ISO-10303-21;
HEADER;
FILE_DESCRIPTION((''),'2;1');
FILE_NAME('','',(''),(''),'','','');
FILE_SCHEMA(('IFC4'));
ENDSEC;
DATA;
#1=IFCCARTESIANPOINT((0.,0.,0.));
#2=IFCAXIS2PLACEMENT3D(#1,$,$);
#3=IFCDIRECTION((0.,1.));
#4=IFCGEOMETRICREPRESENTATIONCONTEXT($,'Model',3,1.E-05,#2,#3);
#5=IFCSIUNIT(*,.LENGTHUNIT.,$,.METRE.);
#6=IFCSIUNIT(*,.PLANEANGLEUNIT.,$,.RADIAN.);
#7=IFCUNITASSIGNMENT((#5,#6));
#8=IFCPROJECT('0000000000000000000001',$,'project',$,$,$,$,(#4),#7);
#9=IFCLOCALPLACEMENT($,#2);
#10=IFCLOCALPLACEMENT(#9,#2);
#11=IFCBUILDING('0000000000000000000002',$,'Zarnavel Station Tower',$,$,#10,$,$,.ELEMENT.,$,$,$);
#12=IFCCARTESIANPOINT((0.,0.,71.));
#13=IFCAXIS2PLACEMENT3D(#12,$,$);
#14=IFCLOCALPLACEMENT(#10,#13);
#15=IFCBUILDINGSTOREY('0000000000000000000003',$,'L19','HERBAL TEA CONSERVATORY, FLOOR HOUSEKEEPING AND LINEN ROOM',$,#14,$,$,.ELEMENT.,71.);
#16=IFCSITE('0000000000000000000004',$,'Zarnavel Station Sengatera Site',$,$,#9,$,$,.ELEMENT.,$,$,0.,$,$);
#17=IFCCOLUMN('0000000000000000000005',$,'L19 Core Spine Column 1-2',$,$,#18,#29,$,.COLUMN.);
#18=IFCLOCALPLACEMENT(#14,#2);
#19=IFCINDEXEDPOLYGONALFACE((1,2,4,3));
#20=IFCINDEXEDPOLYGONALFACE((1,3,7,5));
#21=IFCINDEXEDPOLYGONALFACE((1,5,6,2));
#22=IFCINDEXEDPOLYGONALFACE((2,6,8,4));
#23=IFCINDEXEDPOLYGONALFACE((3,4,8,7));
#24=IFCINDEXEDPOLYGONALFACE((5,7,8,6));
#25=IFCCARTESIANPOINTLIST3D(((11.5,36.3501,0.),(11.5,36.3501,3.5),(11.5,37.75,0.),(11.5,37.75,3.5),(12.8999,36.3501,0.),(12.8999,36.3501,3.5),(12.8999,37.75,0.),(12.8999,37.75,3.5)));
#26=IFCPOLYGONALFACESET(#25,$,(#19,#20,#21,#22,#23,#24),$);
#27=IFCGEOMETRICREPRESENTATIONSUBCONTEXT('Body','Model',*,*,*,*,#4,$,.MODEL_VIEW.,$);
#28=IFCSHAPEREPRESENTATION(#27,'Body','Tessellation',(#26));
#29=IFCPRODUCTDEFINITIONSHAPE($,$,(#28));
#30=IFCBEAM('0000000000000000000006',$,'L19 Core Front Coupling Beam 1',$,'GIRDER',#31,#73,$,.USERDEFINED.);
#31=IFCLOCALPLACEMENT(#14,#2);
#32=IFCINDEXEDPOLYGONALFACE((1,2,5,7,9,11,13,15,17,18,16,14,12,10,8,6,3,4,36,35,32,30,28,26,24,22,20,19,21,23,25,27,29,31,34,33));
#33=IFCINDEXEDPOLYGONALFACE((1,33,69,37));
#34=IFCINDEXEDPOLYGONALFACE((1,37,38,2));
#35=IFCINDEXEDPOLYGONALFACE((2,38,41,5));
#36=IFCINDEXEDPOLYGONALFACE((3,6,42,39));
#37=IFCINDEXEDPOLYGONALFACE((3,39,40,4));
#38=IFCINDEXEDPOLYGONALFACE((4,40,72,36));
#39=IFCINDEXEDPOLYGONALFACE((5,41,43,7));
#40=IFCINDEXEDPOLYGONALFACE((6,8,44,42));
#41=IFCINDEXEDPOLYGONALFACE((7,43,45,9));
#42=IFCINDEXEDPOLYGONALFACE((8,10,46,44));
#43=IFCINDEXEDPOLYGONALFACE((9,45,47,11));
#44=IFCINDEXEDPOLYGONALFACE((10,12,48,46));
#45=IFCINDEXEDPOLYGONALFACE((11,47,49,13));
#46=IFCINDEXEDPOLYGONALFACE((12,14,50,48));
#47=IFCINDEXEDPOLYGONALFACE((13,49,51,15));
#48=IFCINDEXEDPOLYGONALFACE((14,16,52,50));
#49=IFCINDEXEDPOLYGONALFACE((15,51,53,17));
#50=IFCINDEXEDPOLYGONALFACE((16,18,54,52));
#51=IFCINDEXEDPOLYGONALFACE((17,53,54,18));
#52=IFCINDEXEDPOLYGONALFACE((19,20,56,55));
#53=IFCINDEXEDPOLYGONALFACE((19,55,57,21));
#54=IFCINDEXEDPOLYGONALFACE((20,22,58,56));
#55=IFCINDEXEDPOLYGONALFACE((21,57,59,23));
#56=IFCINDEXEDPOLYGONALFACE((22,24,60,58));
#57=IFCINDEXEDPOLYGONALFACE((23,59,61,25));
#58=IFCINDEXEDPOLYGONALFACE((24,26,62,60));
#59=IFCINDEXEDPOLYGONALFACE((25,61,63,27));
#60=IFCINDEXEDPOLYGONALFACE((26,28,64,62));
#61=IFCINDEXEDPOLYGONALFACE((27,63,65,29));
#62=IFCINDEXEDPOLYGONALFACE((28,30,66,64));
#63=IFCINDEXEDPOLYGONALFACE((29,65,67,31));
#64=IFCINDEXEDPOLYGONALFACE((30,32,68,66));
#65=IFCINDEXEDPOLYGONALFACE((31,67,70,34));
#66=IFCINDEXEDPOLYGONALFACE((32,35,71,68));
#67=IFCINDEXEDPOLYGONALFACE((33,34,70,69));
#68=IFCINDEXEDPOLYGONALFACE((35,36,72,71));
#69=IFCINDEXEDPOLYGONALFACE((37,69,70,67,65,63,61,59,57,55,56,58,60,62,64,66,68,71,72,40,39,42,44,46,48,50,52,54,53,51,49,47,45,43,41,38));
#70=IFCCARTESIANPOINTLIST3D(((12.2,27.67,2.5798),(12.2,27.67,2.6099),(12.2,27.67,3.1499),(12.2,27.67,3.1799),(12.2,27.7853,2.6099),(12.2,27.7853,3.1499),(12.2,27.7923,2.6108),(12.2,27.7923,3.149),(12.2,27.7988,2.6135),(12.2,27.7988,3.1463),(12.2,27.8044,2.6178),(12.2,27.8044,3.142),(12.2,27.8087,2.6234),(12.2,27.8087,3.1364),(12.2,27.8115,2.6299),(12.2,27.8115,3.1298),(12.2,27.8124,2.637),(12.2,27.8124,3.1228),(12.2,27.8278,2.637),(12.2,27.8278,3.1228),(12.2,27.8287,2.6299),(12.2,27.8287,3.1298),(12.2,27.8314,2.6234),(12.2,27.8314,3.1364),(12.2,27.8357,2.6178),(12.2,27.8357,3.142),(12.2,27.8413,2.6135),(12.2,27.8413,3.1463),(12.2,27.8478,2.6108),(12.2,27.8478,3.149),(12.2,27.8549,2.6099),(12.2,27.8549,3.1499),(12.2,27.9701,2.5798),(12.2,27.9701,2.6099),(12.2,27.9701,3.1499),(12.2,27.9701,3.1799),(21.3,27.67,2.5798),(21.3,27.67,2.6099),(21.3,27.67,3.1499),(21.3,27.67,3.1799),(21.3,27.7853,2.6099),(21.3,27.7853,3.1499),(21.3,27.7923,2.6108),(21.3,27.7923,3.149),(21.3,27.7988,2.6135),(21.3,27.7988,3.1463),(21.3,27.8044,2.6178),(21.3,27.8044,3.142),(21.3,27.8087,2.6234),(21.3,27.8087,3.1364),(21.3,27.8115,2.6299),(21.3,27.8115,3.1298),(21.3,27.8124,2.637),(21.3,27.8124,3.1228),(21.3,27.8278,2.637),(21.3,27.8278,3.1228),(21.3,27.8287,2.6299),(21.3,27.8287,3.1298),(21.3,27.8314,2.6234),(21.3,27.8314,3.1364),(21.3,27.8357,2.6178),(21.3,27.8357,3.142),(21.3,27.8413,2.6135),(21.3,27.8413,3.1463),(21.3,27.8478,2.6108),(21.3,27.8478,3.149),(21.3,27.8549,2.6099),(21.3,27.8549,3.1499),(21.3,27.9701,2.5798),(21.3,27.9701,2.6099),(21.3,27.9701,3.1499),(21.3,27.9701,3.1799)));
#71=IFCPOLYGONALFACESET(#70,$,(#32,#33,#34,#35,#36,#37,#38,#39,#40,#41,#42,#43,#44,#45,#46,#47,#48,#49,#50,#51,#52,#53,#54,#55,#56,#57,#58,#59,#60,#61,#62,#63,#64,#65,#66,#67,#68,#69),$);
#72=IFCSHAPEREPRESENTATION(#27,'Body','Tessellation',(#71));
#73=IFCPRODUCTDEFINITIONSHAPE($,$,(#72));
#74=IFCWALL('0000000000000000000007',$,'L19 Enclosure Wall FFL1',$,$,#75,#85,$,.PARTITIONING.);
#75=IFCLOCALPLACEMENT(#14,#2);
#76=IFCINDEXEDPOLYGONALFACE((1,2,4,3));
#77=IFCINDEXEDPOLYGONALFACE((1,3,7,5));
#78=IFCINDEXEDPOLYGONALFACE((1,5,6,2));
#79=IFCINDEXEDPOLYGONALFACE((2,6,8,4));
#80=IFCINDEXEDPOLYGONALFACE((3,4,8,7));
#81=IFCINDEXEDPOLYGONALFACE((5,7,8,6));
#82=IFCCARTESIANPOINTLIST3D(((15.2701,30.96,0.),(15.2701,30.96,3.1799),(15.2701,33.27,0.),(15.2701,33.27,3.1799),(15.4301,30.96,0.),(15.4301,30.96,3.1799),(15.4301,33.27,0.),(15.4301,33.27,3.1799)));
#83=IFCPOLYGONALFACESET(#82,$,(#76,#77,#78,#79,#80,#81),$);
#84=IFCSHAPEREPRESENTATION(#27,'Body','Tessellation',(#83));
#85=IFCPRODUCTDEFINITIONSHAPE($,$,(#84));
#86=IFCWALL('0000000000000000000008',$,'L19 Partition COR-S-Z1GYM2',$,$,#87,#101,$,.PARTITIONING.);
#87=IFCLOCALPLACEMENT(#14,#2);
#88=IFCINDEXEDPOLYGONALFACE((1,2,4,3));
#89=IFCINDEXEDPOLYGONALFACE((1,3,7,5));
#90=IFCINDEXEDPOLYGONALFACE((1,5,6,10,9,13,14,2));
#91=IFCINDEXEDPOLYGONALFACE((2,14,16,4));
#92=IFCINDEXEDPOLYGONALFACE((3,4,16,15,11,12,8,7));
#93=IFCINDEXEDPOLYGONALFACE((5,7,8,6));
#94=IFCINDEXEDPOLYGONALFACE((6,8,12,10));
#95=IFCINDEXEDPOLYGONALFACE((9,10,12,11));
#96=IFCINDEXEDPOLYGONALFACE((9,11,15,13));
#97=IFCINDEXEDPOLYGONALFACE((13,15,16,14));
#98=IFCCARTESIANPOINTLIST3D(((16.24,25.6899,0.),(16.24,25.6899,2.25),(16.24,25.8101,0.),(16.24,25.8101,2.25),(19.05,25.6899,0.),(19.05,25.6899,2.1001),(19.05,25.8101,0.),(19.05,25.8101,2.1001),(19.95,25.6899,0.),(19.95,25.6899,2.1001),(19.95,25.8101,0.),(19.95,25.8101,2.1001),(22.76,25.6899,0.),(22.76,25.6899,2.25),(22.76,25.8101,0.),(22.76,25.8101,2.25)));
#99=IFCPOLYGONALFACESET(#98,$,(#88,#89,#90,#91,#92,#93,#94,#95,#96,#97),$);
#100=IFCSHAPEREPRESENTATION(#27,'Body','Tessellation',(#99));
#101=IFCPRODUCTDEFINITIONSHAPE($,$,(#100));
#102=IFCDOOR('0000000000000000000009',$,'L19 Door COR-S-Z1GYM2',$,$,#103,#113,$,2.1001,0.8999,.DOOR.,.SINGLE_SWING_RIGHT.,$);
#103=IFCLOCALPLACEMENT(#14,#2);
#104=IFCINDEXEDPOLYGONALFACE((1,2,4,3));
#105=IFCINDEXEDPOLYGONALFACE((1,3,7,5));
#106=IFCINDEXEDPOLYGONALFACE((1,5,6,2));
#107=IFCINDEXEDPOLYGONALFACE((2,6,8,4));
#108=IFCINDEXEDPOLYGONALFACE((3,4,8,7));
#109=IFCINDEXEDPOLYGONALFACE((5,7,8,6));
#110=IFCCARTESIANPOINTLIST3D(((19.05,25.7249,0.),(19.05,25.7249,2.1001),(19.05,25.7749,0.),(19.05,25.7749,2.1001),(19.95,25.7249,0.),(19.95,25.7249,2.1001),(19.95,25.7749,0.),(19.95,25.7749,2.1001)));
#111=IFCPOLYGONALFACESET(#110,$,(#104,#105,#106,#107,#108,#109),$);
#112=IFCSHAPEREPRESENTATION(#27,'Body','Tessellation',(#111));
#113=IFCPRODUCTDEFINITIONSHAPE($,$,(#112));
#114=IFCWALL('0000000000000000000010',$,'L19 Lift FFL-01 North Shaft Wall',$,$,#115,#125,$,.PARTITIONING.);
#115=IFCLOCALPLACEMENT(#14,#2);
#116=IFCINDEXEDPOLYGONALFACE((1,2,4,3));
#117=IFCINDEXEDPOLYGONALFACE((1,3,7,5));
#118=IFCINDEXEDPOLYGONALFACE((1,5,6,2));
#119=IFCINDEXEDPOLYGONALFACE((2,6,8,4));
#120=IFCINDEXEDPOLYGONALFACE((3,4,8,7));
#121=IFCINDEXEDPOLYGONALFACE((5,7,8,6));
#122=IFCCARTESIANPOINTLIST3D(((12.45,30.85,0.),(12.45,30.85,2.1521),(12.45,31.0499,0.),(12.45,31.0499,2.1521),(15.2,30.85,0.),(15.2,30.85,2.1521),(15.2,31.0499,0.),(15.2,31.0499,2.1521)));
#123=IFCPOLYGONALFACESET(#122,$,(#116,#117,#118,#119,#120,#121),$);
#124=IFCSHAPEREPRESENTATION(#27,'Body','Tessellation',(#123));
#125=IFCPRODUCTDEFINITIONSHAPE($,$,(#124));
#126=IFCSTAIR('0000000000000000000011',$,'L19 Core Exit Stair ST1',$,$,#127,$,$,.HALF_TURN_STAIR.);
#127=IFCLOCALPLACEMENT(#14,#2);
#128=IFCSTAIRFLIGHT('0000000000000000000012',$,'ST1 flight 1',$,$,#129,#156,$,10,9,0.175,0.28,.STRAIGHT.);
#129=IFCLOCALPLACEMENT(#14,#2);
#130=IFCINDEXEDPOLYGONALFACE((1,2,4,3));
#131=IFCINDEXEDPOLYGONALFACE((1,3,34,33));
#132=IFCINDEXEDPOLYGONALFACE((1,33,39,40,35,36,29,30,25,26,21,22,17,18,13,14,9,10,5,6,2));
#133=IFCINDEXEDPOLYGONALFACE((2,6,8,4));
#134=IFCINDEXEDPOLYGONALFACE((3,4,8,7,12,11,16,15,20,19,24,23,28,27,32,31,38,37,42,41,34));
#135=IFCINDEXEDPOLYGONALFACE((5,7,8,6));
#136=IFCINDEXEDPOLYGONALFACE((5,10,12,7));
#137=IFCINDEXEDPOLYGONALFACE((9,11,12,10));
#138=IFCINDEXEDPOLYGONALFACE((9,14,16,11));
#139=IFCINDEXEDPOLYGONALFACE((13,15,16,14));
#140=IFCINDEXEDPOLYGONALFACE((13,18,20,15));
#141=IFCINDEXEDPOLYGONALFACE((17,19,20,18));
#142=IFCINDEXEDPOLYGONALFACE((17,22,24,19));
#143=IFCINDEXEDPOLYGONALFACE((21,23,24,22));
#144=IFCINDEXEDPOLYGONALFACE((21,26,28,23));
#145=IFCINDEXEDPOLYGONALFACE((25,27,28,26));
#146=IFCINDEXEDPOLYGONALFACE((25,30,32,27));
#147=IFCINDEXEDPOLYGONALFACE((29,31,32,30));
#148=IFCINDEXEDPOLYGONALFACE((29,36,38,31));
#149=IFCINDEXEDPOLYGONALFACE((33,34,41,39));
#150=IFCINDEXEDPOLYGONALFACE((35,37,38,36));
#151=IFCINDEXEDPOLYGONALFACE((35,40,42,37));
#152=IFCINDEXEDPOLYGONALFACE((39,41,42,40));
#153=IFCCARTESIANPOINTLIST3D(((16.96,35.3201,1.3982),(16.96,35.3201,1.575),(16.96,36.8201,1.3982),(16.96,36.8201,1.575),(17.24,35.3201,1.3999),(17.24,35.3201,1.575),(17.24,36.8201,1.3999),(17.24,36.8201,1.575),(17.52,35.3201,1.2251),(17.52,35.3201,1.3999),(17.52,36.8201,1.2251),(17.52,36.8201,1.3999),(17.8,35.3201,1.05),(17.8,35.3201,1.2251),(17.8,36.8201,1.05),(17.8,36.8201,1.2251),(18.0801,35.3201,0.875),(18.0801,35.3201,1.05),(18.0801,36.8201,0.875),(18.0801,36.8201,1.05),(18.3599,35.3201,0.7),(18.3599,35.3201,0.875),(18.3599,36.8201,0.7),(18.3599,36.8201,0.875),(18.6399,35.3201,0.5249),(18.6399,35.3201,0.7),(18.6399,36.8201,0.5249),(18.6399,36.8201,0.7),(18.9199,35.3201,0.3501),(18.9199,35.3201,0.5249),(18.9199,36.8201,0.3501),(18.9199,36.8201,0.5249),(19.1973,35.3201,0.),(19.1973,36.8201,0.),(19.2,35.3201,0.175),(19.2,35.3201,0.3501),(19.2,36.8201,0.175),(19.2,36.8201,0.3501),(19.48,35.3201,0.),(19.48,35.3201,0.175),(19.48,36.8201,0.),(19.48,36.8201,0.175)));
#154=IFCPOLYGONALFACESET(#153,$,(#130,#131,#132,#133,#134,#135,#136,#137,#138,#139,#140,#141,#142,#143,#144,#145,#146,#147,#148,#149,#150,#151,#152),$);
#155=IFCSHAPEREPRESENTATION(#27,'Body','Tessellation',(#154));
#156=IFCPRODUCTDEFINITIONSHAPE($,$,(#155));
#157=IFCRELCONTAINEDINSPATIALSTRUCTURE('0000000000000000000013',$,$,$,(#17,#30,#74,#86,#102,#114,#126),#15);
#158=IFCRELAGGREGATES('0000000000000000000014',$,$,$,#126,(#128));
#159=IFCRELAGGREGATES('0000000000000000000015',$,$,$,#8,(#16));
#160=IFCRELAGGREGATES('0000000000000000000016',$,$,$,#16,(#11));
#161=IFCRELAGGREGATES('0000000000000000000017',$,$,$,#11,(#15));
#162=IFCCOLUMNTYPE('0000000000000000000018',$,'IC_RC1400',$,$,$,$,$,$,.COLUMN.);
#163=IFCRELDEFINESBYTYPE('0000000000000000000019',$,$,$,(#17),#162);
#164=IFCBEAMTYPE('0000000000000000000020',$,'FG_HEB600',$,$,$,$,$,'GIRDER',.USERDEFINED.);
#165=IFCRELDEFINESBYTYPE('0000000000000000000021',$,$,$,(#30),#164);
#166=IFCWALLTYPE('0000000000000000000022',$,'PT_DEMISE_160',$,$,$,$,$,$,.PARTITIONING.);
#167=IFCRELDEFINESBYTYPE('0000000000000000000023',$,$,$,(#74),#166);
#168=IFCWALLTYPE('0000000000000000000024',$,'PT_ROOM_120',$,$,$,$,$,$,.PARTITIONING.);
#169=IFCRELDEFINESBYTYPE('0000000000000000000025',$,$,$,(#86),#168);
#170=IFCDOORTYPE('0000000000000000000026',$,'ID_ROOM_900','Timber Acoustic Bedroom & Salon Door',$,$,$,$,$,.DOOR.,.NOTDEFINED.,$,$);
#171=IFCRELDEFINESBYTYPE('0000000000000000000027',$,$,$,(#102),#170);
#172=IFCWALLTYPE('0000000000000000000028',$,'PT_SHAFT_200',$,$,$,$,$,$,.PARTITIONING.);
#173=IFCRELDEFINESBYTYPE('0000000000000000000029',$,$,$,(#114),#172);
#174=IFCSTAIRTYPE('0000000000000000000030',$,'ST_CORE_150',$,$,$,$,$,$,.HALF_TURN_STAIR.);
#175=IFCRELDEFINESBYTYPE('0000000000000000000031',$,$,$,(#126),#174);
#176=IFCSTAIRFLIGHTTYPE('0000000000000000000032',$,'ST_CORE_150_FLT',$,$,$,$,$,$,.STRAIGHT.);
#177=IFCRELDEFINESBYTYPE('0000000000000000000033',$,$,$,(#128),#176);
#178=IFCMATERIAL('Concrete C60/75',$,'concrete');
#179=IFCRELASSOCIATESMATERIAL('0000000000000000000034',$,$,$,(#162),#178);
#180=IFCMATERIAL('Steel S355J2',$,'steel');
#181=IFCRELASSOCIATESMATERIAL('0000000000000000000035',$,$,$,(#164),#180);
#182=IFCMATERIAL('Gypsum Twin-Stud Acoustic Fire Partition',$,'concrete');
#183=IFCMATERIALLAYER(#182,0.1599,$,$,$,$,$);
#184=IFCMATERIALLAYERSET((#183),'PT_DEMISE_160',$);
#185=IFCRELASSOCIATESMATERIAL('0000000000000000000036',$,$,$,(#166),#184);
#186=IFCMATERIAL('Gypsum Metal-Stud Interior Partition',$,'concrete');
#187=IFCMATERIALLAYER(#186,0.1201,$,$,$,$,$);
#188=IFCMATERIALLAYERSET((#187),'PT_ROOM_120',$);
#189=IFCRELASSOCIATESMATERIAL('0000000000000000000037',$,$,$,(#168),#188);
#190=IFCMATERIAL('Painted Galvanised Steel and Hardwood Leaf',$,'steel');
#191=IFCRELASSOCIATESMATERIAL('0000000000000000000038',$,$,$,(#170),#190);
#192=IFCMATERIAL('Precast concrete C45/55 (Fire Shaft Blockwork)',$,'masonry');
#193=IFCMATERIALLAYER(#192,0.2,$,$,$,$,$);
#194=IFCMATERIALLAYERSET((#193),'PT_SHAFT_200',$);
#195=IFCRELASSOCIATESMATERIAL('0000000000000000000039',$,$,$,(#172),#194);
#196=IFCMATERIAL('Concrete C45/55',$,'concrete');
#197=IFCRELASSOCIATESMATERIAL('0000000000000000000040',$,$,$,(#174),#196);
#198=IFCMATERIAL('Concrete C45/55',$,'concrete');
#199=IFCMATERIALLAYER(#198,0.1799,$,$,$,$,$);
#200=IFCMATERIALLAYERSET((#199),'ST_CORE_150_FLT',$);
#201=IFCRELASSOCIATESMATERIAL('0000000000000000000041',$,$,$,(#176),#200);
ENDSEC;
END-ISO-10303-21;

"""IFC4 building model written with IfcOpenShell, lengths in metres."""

from ifc_helpers import new_model, si_unit, direction, frame, frame_2d, origin, origin_2d, place, context, subcontext, project, spatial, polyline, rectangle, i_section, outline, extrude, material, layer, layer_set, material_profile, profile_set, type_object, element, fill, aggregate, save


model = new_model("IFC4")

# Units and contexts
model_context = context("Model", 3, precision=1e-05, world=origin(), true_north=direction((0.0, 1.0)))
body_context = subcontext(model_context, "Body", "Model", "MODEL_VIEW")
ifc_project = project(units=[si_unit("LENGTHUNIT", "METRE"), si_unit("PLANEANGLEUNIT", "RADIAN")], contexts=[model_context])

# Site, building, storey
site_placement = place(None, origin())
site = spatial("IfcSite", under=ifc_project, at=site_placement, Name="Zarnavel Station Sengatera Site", CompositionType="ELEMENT", RefElevation=0.0)
building_placement = place(site_placement, origin())
building = spatial("IfcBuilding", under=site, at=building_placement, Name="Zarnavel Station Tower", CompositionType="ELEMENT")
storey_placement = place(building_placement, frame((0.0, 0.0, 71.0)))
storey = spatial("IfcBuildingStorey", under=building, at=storey_placement, Name="L19", Description="HERBAL TEA CONSERVATORY, FLOOR HOUSEKEEPING AND LINEN ROOM", CompositionType="ELEMENT", Elevation=71.0)

# Column
ifc_material_1 = material(Name="Concrete C60/75", Category="concrete")
ifc_material_profile_1 = material_profile(ifc_material_1, rectangle(XDim=1.3999, YDim=1.3999, at=origin_2d()), Name="RC1400x1400")
ifc_profile_set_1 = profile_set([ifc_material_profile_1], Name="Concrete C60/75")
column_type = type_object("IfcColumnType", Name="IC_RC1400", PredefinedType="COLUMN", material=ifc_profile_set_1)
column_placement = place(storey_placement, frame((12.2, 37.05, 0.0), z_axis=(0.0, 0.0, 1.0), x_axis=(1.0, 0.0, 0.0)))
element("IfcColumn", 1, at=column_placement, inside=storey, type_object=column_type, Name="L19 Core Spine Column 1-2", PredefinedType="COLUMN", context=body_context, shape_type="SweptSolid", body=[
    extrude(rectangle(XDim=1.3999, YDim=1.3999, at=origin_2d()), origin(), (0.0, 0.0, 1.0), 3.5),
])

# Beam
ifc_material_2 = material(Name="Steel S355J2", Category="steel")
ifc_material_profile_2 = material_profile(ifc_material_2, i_section(OverallWidth=0.3, OverallDepth=0.6001, WebThickness=0.0154, FlangeThickness=0.03, FilletRadius=0.0271, at=origin_2d()), Name="HEB600")
ifc_profile_set_2 = profile_set([ifc_material_profile_2], Name="Steel S355J2")
beam_type = type_object("IfcBeamType", Name="FG_HEB600", ElementType="GIRDER", PredefinedType="USERDEFINED", material=ifc_profile_set_2)
beam_placement = place(storey_placement, frame((12.2, 27.8201, 2.8799), z_axis=(1.0, 0.0, 0.0), x_axis=(0.0, 1.0, 0.0)))
element("IfcBeam", 2, at=beam_placement, inside=storey, type_object=beam_type, Name="L19 Core Front Coupling Beam 1", ObjectType="GIRDER", PredefinedType="USERDEFINED", context=body_context, shape_type="SweptSolid", body=[
    extrude(i_section(OverallWidth=0.3, OverallDepth=0.6001, WebThickness=0.0154, FlangeThickness=0.03, FilletRadius=0.0271, at=origin_2d()), origin(), (0.0, 0.0, 1.0), 9.1001),
])

# Wall
ifc_material_3 = material(Name="Gypsum Twin-Stud Acoustic Fire Partition", Category="concrete")
ifc_layer_1 = layer(ifc_material_3, 0.1599)
ifc_layer_set_1 = layer_set([ifc_layer_1], Name="PT_DEMISE_160")
wall_type_1 = type_object("IfcWallType", Name="PT_DEMISE_160", PredefinedType="PARTITIONING", material=ifc_layer_set_1)
wall_1_placement = place(storey_placement, frame((15.3501, 30.96, 0.0), z_axis=(0.0, 0.0, 1.0), x_axis=(0.0, 1.0, 0.0)))
element("IfcWall", 3, at=wall_1_placement, inside=storey, type_object=wall_type_1, Name="L19 Enclosure Wall FFL1", PredefinedType="PARTITIONING", context=body_context, shape_type="SweptSolid", body=[
    extrude(rectangle(XDim=2.3101, YDim=0.1599, at=frame_2d((1.155, 0.0))), origin(), (0.0, 0.0, 1.0), 3.1799),
])

# Wall, opening, door
ifc_material_4 = material(Name="Gypsum Metal-Stud Interior Partition", Category="concrete")
ifc_layer_2 = layer(ifc_material_4, 0.1201)
ifc_layer_set_2 = layer_set([ifc_layer_2], Name="PT_ROOM_120")
wall_type_2 = type_object("IfcWallType", Name="PT_ROOM_120", PredefinedType="PARTITIONING", material=ifc_layer_set_2)
wall_2_placement = place(storey_placement, frame((16.24, 25.75, 0.0), z_axis=(0.0, 0.0, 1.0), x_axis=(1.0, 0.0, 0.0)))
wall_2 = element("IfcWall", 4, at=wall_2_placement, inside=storey, type_object=wall_type_2, Name="L19 Partition COR-S-Z1GYM2", PredefinedType="PARTITIONING", context=body_context, shape_type="SweptSolid", body=[
    extrude(rectangle(XDim=6.52, YDim=0.1201, at=frame_2d((3.26, 0.0))), origin(), (0.0, 0.0, 1.0), 2.25),
])
opening_1_placement = place(wall_2_placement, frame((2.8101, 0.0, 0.0)))
opening_1 = element("IfcOpeningElement", 5, at=opening_1_placement, cuts=wall_2, PredefinedType="OPENING", context=body_context, shape_type="SweptSolid", body=[
    extrude(rectangle(XDim=0.8999, YDim=2.1001, at=frame_2d((0.45, 1.05))), frame((0.0, 0.0701, 0.0), z_axis=(0.0, -1.0, 0.0), x_axis=(1.0, 0.0, 0.0)), (0.0, 0.0, 1.0), 0.1401),
])
ifc_material_5 = material(Name="Painted Galvanised Steel and Hardwood Leaf", Category="steel")
door_type_1 = type_object("IfcDoorType", Name="ID_ROOM_900", Description="Timber Acoustic Bedroom & Salon Door", OperationType="NOTDEFINED", PredefinedType="DOOR", material=ifc_material_5)
door_1_placement = place(opening_1_placement, origin())
door_1 = element("IfcDoor", 6, at=door_1_placement, inside=storey, type_object=door_type_1, Name="L19 Door COR-S-Z1GYM2", OperationType="SINGLE_SWING_RIGHT", OverallHeight=2.1001, OverallWidth=0.8999, PredefinedType="DOOR", context=body_context, shape_type="SweptSolid", body=[
    extrude(rectangle(XDim=0.8999, YDim=2.1001, at=frame_2d((0.45, 1.05))), frame((0.0, 0.0249, 0.0), z_axis=(0.0, -1.0, 0.0), x_axis=(1.0, 0.0, 0.0)), (0.0, 0.0, 1.0), 0.05),
])
fill(opening_1, door_1)
ifc_material_6 = material(Name="Precast concrete C45/55 (Fire Shaft Blockwork)", Category="masonry")
ifc_layer_3 = layer(ifc_material_6, 0.2)
ifc_layer_set_3 = layer_set([ifc_layer_3], Name="PT_SHAFT_200")
wall_type_3 = type_object("IfcWallType", Name="PT_SHAFT_200", PredefinedType="PARTITIONING", material=ifc_layer_set_3)

# Wall
wall_3_placement = place(storey_placement, frame((12.45, 30.95, 0.0), z_axis=(0.0, 0.0, 1.0), x_axis=(1.0, 0.0, 0.0)))
element("IfcWall", 7, at=wall_3_placement, inside=storey, type_object=wall_type_3, Name="L19 Lift FFL-01 North Shaft Wall", PredefinedType="PARTITIONING", context=body_context, shape_type="SweptSolid", body=[
    extrude(rectangle(XDim=2.75, YDim=0.2, at=frame_2d((1.375, 0.0))), origin(), (0.0, 0.0, 1.0), 2.1521),
])

# Stair, stair flight
ifc_material_7 = material(Name="Concrete C45/55", Category="concrete")
stair_type = type_object("IfcStairType", Name="ST_CORE_150", PredefinedType="HALF_TURN_STAIR", material=ifc_material_7)
stair_placement = place(storey_placement, origin())
stair = element("IfcStair", 8, at=stair_placement, inside=storey, type_object=stair_type, Name="L19 Core Exit Stair ST1", PredefinedType="HALF_TURN_STAIR")
ifc_material_8 = material(Name="Concrete C45/55", Category="concrete")
ifc_layer_4 = layer(ifc_material_8, 0.1799)
ifc_layer_set_4 = layer_set([ifc_layer_4], Name="ST_CORE_150_FLT")
stair_flight_type = type_object("IfcStairFlightType", Name="ST_CORE_150_FLT", PredefinedType="STRAIGHT", material=ifc_layer_set_4)
stair_flight_1_placement = place(storey_placement, frame((19.48, 36.0701, 0.0), z_axis=(0.0, 0.0, 1.0), x_axis=(-1.0, 0.0, 0.0)))
stair_flight_1 = element("IfcStairFlight", 9, at=stair_flight_1_placement, type_object=stair_flight_type, Name="ST1 flight 1", NumberOfRisers=10, NumberOfTreads=9, PredefinedType="STRAIGHT", RiserHeight=0.175, TreadLength=0.28, context=body_context, shape_type="SweptSolid", body=[
    extrude(outline(polyline([(0.0, 0.0), (0.0, 0.175), (0.28, 0.175), (0.28, 0.3501), (0.5601, 0.3501), (0.5601, 0.5249), (0.8401, 0.5249), (0.8401, 0.7), (1.1201, 0.7), (1.1201, 0.875), (1.3999, 0.875), (1.3999, 1.05), (1.6799, 1.05), (1.6799, 1.2251), (1.96, 1.2251), (1.96, 1.3999), (2.24, 1.3999), (2.24, 1.575), (2.52, 1.575), (2.52, 1.75), (2.52, 1.3982), (0.2827, 0.0), (0.0, 0.0)])), frame((0.0, 0.75, 0.0), z_axis=(0.0, -1.0, 0.0), x_axis=(1.0, 0.0, 0.0)), (0.0, 0.0, 1.0), 1.5),
])
aggregate(stair, [stair_flight_1])

save(model, "model.ifc")
